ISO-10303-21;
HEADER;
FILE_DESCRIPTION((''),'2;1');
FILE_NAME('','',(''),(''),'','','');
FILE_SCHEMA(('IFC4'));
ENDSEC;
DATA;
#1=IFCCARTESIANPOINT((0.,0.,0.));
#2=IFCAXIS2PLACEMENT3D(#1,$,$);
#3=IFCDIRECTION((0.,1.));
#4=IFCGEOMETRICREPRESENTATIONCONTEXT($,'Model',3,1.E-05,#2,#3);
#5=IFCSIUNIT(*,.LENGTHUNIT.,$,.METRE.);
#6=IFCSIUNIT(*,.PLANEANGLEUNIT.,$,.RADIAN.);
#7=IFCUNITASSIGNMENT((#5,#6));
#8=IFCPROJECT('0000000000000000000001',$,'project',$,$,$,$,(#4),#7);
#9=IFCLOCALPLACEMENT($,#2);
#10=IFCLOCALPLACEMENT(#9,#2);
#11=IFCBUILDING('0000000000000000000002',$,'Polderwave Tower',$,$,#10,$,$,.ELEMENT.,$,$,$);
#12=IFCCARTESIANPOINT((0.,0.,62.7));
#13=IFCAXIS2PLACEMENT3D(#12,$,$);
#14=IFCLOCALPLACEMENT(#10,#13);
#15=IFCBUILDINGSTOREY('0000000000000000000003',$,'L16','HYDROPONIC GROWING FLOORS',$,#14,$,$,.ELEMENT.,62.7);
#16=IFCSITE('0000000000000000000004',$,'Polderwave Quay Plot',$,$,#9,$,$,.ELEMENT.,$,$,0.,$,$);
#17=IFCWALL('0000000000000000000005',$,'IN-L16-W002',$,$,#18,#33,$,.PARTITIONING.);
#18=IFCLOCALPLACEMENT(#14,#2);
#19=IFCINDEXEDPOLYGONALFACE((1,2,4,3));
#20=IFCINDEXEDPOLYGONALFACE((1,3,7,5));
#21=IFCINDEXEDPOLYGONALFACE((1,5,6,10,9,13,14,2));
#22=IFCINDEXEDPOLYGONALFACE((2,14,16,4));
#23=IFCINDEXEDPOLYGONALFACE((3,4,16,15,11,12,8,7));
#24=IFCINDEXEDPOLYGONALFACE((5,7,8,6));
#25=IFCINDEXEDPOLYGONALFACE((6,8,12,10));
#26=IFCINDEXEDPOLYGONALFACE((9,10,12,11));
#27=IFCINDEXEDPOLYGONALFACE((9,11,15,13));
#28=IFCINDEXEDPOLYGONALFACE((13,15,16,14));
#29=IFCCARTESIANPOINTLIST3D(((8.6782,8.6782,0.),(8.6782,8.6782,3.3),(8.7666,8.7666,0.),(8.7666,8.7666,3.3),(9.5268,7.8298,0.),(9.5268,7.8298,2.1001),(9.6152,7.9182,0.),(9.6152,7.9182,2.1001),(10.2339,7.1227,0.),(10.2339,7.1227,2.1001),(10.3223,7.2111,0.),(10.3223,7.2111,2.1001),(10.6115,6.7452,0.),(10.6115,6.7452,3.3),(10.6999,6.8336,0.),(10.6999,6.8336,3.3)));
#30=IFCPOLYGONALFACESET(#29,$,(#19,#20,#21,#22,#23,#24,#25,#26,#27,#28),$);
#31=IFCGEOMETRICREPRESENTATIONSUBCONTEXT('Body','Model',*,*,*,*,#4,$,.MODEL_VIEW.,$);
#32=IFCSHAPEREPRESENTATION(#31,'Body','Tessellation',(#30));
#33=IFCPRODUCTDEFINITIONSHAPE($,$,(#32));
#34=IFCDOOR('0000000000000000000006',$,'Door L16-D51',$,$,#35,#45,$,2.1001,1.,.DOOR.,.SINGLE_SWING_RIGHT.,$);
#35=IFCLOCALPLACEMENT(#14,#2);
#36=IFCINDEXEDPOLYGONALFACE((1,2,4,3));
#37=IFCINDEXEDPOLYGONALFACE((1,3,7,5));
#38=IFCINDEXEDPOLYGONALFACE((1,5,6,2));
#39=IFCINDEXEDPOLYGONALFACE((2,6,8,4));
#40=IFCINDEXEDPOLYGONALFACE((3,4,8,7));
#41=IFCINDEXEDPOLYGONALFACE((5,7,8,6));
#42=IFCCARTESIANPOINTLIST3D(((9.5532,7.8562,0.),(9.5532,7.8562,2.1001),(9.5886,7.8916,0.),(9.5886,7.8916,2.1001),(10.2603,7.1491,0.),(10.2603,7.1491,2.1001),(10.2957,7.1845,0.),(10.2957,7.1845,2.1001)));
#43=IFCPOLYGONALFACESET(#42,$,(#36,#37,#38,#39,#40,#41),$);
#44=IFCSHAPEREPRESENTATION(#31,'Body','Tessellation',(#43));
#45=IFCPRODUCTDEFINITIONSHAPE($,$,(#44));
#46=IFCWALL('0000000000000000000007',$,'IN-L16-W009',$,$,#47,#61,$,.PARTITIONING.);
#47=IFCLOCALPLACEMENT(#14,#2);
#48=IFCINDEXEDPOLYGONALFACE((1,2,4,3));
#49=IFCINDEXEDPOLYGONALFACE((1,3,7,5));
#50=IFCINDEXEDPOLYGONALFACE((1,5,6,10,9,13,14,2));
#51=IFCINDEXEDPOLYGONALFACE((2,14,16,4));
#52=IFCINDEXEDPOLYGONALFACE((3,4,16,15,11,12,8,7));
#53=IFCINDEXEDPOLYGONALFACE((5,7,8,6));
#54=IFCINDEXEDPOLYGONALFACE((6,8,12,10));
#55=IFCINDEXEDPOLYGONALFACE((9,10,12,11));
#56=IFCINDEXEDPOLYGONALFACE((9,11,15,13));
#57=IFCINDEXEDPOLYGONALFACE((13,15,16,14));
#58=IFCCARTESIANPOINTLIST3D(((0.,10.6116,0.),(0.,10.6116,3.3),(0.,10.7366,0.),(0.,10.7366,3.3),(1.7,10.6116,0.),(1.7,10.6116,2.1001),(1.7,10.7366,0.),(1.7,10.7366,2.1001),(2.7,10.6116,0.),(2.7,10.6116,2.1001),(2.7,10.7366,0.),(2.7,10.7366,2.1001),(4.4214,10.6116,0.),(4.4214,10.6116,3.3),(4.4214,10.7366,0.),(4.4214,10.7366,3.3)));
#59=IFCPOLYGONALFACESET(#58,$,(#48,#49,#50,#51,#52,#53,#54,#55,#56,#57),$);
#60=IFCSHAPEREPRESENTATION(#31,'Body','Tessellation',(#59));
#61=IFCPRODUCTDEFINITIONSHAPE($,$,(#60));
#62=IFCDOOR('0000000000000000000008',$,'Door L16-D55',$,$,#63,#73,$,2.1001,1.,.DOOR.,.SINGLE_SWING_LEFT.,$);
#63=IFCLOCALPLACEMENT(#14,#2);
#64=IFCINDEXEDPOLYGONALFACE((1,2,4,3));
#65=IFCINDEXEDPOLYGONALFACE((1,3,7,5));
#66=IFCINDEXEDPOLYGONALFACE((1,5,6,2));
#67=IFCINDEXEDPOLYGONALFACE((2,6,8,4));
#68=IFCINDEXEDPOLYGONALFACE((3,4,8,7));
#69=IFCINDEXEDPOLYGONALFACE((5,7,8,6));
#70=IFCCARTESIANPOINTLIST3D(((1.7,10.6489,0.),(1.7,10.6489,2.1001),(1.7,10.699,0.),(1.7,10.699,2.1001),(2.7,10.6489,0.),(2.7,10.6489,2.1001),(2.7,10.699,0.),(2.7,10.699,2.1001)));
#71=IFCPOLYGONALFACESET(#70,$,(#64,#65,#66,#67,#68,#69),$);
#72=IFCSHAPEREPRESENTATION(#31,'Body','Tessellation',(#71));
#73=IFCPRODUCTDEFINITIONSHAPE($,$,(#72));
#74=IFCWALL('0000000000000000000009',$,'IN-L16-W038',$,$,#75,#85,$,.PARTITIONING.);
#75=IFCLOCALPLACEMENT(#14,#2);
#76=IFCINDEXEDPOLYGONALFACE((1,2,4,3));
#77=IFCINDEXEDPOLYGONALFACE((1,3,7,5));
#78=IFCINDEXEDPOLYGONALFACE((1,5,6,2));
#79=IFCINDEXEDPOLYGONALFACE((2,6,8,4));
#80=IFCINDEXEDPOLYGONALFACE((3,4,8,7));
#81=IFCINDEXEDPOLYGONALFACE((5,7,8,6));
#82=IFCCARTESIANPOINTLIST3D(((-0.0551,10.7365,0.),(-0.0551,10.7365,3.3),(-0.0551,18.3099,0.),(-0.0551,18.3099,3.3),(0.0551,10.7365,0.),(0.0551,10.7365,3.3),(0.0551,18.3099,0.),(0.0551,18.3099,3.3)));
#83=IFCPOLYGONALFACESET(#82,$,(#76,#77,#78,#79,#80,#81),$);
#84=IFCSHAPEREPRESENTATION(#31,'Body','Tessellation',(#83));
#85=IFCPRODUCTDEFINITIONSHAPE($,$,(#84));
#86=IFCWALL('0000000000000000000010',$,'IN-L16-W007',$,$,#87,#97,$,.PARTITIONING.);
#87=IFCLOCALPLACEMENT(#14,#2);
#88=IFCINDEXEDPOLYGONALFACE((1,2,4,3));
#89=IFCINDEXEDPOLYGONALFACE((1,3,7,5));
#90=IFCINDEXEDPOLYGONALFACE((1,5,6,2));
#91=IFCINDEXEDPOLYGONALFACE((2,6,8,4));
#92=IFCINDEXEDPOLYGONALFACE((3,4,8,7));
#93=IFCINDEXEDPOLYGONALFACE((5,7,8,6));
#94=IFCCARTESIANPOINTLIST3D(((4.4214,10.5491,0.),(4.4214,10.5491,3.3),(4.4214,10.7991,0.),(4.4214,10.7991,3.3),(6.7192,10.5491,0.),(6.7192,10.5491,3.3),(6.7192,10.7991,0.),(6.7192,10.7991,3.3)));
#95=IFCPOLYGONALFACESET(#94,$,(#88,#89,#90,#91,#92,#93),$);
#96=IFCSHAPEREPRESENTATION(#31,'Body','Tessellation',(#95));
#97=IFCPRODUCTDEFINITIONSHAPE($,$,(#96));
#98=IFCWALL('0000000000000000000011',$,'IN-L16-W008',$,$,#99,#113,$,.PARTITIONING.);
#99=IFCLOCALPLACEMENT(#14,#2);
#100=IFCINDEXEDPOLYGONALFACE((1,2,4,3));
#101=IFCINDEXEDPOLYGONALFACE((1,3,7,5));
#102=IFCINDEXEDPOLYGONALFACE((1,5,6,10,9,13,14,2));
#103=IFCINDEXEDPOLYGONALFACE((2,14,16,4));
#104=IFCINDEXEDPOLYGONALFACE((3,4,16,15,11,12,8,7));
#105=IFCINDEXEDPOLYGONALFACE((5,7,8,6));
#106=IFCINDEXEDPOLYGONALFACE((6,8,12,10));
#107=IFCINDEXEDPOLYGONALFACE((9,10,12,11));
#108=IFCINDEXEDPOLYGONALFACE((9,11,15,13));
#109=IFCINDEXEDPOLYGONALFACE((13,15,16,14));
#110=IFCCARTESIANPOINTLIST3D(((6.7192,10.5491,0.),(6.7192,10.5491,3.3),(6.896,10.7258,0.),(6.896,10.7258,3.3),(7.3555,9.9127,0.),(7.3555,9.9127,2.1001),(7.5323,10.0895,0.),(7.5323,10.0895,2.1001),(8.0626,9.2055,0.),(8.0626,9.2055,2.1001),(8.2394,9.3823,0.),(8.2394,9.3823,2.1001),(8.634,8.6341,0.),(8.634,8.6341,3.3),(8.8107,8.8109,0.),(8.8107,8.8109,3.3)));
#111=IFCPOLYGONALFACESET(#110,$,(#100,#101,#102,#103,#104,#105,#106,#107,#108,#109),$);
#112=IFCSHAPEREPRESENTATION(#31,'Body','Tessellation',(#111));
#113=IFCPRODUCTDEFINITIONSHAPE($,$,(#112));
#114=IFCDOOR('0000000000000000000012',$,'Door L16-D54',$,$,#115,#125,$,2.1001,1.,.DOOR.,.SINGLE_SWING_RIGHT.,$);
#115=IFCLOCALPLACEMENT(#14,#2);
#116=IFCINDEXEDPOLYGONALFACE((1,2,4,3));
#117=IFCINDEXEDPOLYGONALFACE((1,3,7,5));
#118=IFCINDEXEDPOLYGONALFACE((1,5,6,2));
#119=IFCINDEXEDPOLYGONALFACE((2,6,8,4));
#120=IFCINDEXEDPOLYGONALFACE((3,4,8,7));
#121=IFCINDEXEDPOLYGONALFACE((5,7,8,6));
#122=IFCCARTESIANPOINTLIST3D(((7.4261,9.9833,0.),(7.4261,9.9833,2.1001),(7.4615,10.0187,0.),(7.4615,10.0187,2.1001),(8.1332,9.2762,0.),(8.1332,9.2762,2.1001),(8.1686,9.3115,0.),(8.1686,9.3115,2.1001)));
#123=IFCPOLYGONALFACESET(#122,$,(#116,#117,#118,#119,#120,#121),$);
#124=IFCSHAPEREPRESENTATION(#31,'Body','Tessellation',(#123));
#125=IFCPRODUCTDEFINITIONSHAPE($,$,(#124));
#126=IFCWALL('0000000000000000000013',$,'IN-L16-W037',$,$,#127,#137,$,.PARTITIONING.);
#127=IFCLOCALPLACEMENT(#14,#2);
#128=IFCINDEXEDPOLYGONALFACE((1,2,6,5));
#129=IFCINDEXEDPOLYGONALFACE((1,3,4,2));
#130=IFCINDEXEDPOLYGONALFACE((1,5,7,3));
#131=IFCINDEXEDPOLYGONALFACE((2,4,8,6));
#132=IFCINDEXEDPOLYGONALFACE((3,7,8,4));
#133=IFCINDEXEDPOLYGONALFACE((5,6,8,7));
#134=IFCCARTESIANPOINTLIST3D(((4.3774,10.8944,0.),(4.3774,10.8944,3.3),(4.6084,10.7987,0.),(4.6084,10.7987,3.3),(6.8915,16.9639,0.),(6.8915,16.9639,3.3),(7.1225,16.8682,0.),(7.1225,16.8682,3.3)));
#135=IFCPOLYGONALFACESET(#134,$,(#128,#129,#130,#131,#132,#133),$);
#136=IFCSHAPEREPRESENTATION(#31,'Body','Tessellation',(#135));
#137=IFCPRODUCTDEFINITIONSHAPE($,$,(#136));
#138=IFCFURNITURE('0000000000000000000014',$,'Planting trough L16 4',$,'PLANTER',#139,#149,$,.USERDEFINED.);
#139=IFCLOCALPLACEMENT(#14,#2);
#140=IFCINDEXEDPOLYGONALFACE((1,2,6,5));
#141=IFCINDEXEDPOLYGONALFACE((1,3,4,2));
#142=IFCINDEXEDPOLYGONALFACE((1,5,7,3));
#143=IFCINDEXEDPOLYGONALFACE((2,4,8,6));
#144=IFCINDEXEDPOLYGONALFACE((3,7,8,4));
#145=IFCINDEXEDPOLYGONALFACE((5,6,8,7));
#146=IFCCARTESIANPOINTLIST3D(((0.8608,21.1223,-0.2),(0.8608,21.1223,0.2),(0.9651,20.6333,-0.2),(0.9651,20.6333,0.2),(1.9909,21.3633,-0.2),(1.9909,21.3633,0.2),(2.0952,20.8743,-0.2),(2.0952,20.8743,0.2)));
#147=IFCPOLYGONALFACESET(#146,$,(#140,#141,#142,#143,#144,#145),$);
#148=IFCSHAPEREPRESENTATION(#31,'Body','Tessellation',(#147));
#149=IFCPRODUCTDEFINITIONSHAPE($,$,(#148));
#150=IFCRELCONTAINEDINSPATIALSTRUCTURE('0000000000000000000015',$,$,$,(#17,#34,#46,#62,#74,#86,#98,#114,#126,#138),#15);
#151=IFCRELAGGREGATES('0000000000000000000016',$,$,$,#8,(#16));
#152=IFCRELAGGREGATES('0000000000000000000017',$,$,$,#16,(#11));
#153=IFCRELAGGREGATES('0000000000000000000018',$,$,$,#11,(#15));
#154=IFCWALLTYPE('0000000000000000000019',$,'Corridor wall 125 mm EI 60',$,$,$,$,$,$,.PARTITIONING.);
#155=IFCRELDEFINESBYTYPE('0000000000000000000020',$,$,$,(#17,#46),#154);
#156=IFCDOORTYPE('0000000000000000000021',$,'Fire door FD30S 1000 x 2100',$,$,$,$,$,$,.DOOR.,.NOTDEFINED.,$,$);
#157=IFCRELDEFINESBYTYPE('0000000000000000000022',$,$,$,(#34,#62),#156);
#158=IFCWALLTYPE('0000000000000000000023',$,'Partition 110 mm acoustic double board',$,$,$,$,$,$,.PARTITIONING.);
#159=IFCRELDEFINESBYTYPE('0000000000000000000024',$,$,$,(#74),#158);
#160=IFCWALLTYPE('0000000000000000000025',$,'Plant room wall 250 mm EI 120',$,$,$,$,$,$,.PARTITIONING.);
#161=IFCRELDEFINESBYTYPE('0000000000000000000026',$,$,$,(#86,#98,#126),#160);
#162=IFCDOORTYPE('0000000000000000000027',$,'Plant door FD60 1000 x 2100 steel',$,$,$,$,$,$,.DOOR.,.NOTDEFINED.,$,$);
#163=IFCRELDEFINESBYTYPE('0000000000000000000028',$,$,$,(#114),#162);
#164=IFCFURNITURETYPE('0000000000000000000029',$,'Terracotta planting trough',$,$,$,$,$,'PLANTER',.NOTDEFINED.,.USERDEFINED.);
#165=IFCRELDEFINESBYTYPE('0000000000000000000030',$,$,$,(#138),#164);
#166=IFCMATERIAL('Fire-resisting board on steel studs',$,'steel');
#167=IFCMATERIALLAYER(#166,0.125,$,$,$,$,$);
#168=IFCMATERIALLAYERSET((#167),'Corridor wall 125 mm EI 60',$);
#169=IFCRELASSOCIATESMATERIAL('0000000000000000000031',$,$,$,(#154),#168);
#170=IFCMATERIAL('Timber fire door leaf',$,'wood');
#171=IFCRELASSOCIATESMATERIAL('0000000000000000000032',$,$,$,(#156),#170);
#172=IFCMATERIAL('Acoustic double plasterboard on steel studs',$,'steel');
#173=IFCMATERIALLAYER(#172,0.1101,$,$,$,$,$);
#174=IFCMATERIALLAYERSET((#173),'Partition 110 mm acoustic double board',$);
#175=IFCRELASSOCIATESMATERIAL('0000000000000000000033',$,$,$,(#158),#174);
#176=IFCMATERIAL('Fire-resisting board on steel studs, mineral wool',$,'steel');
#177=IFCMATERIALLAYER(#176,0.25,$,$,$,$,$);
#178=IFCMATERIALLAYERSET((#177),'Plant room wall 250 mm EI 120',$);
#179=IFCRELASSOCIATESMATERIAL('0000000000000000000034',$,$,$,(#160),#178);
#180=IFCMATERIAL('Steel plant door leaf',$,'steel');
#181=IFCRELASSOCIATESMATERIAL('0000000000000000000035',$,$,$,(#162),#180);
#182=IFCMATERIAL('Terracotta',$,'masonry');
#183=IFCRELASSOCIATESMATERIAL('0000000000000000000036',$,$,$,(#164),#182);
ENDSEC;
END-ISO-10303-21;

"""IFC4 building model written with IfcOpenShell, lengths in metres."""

from ifc_helpers import new_model, si_unit, direction, frame, frame_2d, origin, origin_2d, place, context, subcontext, project, spatial, rectangle, extrude, material, layer, layer_set, type_object, element, fill, save


model = new_model("IFC4")

# Units and contexts
model_context = context("Model", 3, precision=1e-05, world=origin(), true_north=direction((0.0, 1.0)))
body_context = subcontext(model_context, "Body", "Model", "MODEL_VIEW")
ifc_project = project(units=[si_unit("LENGTHUNIT", "METRE"), si_unit("PLANEANGLEUNIT", "RADIAN")], contexts=[model_context])

# Site, building, storey
site_placement = place(None, origin())
site = spatial("IfcSite", under=ifc_project, at=site_placement, Name="Polderwave Quay Plot", CompositionType="ELEMENT", RefElevation=0.0)
building_placement = place(site_placement, origin())
building = spatial("IfcBuilding", under=site, at=building_placement, Name="Polderwave Tower", CompositionType="ELEMENT")
storey_placement = place(building_placement, frame((0.0, 0.0, 62.7)))
storey = spatial("IfcBuildingStorey", under=building, at=storey_placement, Name="L16", Description="HYDROPONIC GROWING FLOORS", CompositionType="ELEMENT", Elevation=62.7)

# Walls, openings, doors
ifc_material_1 = material(Name="Fire-resisting board on steel studs", Category="steel")
ifc_layer_1 = layer(ifc_material_1, 0.125)
ifc_layer_set_1 = layer_set([ifc_layer_1], Name="Corridor wall 125 mm EI 60")
wall_type_1 = type_object("IfcWallType", Name="Corridor wall 125 mm EI 60", PredefinedType="PARTITIONING", material=ifc_layer_set_1)
wall_1_placement = place(storey_placement, frame((8.7224, 8.7224, 0.0), z_axis=(0.0, 0.0, 1.0), x_axis=(0.707151, -0.707062, 0.0)))
wall_1 = element("IfcWall", 1, at=wall_1_placement, inside=storey, type_object=wall_type_1, Name="IN-L16-W002", PredefinedType="PARTITIONING", context=body_context, shape_type="SweptSolid", body=[
    extrude(rectangle(XDim=2.7339, YDim=0.125, at=frame_2d((1.3669, 0.0))), origin(), (0.0, 0.0, 1.0), 3.3),
])
opening_1_placement = place(wall_1_placement, frame((1.2, 0.0, 0.0)))
opening_1 = element("IfcOpeningElement", 2, at=opening_1_placement, cuts=wall_1, PredefinedType="OPENING", context=body_context, shape_type="SweptSolid", body=[
    extrude(rectangle(XDim=1.0, YDim=2.1001, at=frame_2d((0.5, 1.05))), frame((0.0, 0.0725, 0.0), z_axis=(0.0, -1.0, 0.0), x_axis=(1.0, 0.0, 0.0)), (0.0, 0.0, 1.0), 0.145),
])
ifc_material_2 = material(Name="Timber fire door leaf", Category="wood")
door_type_1 = type_object("IfcDoorType", Name="Fire door FD30S 1000 x 2100", OperationType="NOTDEFINED", PredefinedType="DOOR", material=ifc_material_2)
door_1_placement = place(opening_1_placement, origin())
door_1 = element("IfcDoor", 3, at=door_1_placement, inside=storey, type_object=door_type_1, Name="Door L16-D51", OperationType="SINGLE_SWING_RIGHT", OverallHeight=2.1001, OverallWidth=1.0, PredefinedType="DOOR", context=body_context, shape_type="SweptSolid", body=[
    extrude(rectangle(XDim=1.0, YDim=2.1001, at=frame_2d((0.5, 1.05))), frame((0.0, 0.0249, 0.0), z_axis=(0.0, -1.0, 0.0), x_axis=(1.0, 0.0, 0.0)), (0.0, 0.0, 1.0), 0.05),
])
fill(opening_1, door_1)
wall_2_placement = place(storey_placement, frame((0.0, 10.6741, 0.0), z_axis=(0.0, 0.0, 1.0), x_axis=(1.0, 0.0, 0.0)))
wall_2 = element("IfcWall", 4, at=wall_2_placement, inside=storey, type_object=wall_type_1, Name="IN-L16-W009", PredefinedType="PARTITIONING", context=body_context, shape_type="SweptSolid", body=[
    extrude(rectangle(XDim=4.4214, YDim=0.125, at=frame_2d((2.2107, 0.0))), origin(), (0.0, 0.0, 1.0), 3.3),
])
opening_2_placement = place(wall_2_placement, frame((1.7, 0.0, 0.0)))
opening_2 = element("IfcOpeningElement", 5, at=opening_2_placement, cuts=wall_2, PredefinedType="OPENING", context=body_context, shape_type="SweptSolid", body=[
    extrude(rectangle(XDim=1.0, YDim=2.1001, at=frame_2d((0.5, 1.05))), frame((0.0, 0.0725, 0.0), z_axis=(0.0, -1.0, 0.0), x_axis=(1.0, 0.0, 0.0)), (0.0, 0.0, 1.0), 0.145),
])
door_2_placement = place(opening_2_placement, origin())
door_2 = element("IfcDoor", 6, at=door_2_placement, inside=storey, type_object=door_type_1, Name="Door L16-D55", OperationType="SINGLE_SWING_LEFT", OverallHeight=2.1001, OverallWidth=1.0, PredefinedType="DOOR", context=body_context, shape_type="SweptSolid", body=[
    extrude(rectangle(XDim=1.0, YDim=2.1001, at=frame_2d((0.5, 1.05))), frame((0.0, 0.0249, 0.0), z_axis=(0.0, -1.0, 0.0), x_axis=(1.0, 0.0, 0.0)), (0.0, 0.0, 1.0), 0.05),
])
fill(opening_2, door_2)

# Walls
ifc_material_3 = material(Name="Acoustic double plasterboard on steel studs", Category="steel")
ifc_layer_2 = layer(ifc_material_3, 0.1101)
ifc_layer_set_2 = layer_set([ifc_layer_2], Name="Partition 110 mm acoustic double board")
wall_type_2 = type_object("IfcWallType", Name="Partition 110 mm acoustic double board", PredefinedType="PARTITIONING", material=ifc_layer_set_2)
wall_3_placement = place(storey_placement, frame((0.0, 10.7366, 0.0), z_axis=(0.0, 0.0, 1.0), x_axis=(0.0, 1.0, 0.0)))
element("IfcWall", 7, at=wall_3_placement, inside=storey, type_object=wall_type_2, Name="IN-L16-W038", PredefinedType="PARTITIONING", context=body_context, shape_type="SweptSolid", body=[
    extrude(rectangle(XDim=7.5735, YDim=0.1101, at=frame_2d((3.7866, 0.0))), origin(), (0.0, 0.0, 1.0), 3.3),
])
ifc_material_4 = material(Name="Fire-resisting board on steel studs, mineral wool", Category="steel")
ifc_layer_3 = layer(ifc_material_4, 0.25)
ifc_layer_set_3 = layer_set([ifc_layer_3], Name="Plant room wall 250 mm EI 120")
wall_type_3 = type_object("IfcWallType", Name="Plant room wall 250 mm EI 120", PredefinedType="PARTITIONING", material=ifc_layer_set_3)
wall_4_placement = place(storey_placement, frame((4.4214, 10.6741, 0.0), z_axis=(0.0, 0.0, 1.0), x_axis=(1.0, 0.0, 0.0)))
element("IfcWall", 8, at=wall_4_placement, inside=storey, type_object=wall_type_3, Name="IN-L16-W007", PredefinedType="PARTITIONING", context=body_context, shape_type="SweptSolid", body=[
    extrude(rectangle(XDim=2.2979, YDim=0.25, at=frame_2d((1.1489, 0.0))), origin(), (0.0, 0.0, 1.0), 3.3),
])

# Wall, opening, door
wall_5_placement = place(storey_placement, frame((6.8076, 10.6375, 0.0), z_axis=(0.0, 0.0, 1.0), x_axis=(0.707062, -0.707152, 0.0)))
wall_5 = element("IfcWall", 9, at=wall_5_placement, inside=storey, type_object=wall_type_3, Name="IN-L16-W008", PredefinedType="PARTITIONING", context=body_context, shape_type="SweptSolid", body=[
    extrude(rectangle(XDim=2.708, YDim=0.25, at=frame_2d((1.354, 0.0))), origin(), (0.0, 0.0, 1.0), 3.3),
])
opening_3_placement = place(wall_5_placement, frame((0.8999, 0.0, 0.0)))
opening_3 = element("IfcOpeningElement", 10, at=opening_3_placement, cuts=wall_5, PredefinedType="OPENING", context=body_context, shape_type="SweptSolid", body=[
    extrude(rectangle(XDim=1.0, YDim=2.1001, at=frame_2d((0.5, 1.05))), frame((0.0, 0.135, 0.0), z_axis=(0.0, -1.0, 0.0), x_axis=(1.0, 0.0, 0.0)), (0.0, 0.0, 1.0), 0.27),
])
ifc_material_5 = material(Name="Steel plant door leaf", Category="steel")
door_type_2 = type_object("IfcDoorType", Name="Plant door FD60 1000 x 2100 steel", OperationType="NOTDEFINED", PredefinedType="DOOR", material=ifc_material_5)
door_3_placement = place(opening_3_placement, origin())
door_3 = element("IfcDoor", 11, at=door_3_placement, inside=storey, type_object=door_type_2, Name="Door L16-D54", OperationType="SINGLE_SWING_RIGHT", OverallHeight=2.1001, OverallWidth=1.0, PredefinedType="DOOR", context=body_context, shape_type="SweptSolid", body=[
    extrude(rectangle(XDim=1.0, YDim=2.1001, at=frame_2d((0.5, 1.05))), frame((0.0, 0.0249, 0.0), z_axis=(0.0, -1.0, 0.0), x_axis=(1.0, 0.0, 0.0)), (0.0, 0.0, 1.0), 0.05),
])
fill(opening_3, door_3)

# Wall
wall_6_placement = place(storey_placement, frame((4.4929, 10.8467, 0.0), z_axis=(0.0, 0.0, 1.0), x_axis=(0.382691, 0.923876, 0.0)))
element("IfcWall", 12, at=wall_6_placement, inside=storey, type_object=wall_type_3, Name="IN-L16-W037", PredefinedType="PARTITIONING", context=body_context, shape_type="SweptSolid", body=[
    extrude(rectangle(XDim=6.5696, YDim=0.25, at=frame_2d((3.2847, 0.0))), origin(), (0.0, 0.0, 1.0), 3.3),
])

# Furniture
ifc_material_6 = material(Name="Terracotta", Category="masonry")
furniture_type = type_object("IfcFurnitureType", Name="Terracotta planting trough", ElementType="PLANTER", AssemblyPlace="NOTDEFINED", PredefinedType="USERDEFINED", material=ifc_material_6)
furniture_placement = place(storey_placement, frame((1.478, 20.9983, -0.2), z_axis=(0.0, 0.0, 1.0), x_axis=(-0.978005, -0.208579, 0.0)))
element("IfcFurniture", 13, at=furniture_placement, inside=storey, type_object=furniture_type, Name="Planting trough L16 4", ObjectType="PLANTER", PredefinedType="USERDEFINED", context=body_context, shape_type="SweptSolid", body=[
    extrude(rectangle(XDim=1.1555, YDim=0.5, at=origin_2d()), origin(), (0.0, 0.0, 1.0), 0.3999),
])

save(model, "model.ifc")
